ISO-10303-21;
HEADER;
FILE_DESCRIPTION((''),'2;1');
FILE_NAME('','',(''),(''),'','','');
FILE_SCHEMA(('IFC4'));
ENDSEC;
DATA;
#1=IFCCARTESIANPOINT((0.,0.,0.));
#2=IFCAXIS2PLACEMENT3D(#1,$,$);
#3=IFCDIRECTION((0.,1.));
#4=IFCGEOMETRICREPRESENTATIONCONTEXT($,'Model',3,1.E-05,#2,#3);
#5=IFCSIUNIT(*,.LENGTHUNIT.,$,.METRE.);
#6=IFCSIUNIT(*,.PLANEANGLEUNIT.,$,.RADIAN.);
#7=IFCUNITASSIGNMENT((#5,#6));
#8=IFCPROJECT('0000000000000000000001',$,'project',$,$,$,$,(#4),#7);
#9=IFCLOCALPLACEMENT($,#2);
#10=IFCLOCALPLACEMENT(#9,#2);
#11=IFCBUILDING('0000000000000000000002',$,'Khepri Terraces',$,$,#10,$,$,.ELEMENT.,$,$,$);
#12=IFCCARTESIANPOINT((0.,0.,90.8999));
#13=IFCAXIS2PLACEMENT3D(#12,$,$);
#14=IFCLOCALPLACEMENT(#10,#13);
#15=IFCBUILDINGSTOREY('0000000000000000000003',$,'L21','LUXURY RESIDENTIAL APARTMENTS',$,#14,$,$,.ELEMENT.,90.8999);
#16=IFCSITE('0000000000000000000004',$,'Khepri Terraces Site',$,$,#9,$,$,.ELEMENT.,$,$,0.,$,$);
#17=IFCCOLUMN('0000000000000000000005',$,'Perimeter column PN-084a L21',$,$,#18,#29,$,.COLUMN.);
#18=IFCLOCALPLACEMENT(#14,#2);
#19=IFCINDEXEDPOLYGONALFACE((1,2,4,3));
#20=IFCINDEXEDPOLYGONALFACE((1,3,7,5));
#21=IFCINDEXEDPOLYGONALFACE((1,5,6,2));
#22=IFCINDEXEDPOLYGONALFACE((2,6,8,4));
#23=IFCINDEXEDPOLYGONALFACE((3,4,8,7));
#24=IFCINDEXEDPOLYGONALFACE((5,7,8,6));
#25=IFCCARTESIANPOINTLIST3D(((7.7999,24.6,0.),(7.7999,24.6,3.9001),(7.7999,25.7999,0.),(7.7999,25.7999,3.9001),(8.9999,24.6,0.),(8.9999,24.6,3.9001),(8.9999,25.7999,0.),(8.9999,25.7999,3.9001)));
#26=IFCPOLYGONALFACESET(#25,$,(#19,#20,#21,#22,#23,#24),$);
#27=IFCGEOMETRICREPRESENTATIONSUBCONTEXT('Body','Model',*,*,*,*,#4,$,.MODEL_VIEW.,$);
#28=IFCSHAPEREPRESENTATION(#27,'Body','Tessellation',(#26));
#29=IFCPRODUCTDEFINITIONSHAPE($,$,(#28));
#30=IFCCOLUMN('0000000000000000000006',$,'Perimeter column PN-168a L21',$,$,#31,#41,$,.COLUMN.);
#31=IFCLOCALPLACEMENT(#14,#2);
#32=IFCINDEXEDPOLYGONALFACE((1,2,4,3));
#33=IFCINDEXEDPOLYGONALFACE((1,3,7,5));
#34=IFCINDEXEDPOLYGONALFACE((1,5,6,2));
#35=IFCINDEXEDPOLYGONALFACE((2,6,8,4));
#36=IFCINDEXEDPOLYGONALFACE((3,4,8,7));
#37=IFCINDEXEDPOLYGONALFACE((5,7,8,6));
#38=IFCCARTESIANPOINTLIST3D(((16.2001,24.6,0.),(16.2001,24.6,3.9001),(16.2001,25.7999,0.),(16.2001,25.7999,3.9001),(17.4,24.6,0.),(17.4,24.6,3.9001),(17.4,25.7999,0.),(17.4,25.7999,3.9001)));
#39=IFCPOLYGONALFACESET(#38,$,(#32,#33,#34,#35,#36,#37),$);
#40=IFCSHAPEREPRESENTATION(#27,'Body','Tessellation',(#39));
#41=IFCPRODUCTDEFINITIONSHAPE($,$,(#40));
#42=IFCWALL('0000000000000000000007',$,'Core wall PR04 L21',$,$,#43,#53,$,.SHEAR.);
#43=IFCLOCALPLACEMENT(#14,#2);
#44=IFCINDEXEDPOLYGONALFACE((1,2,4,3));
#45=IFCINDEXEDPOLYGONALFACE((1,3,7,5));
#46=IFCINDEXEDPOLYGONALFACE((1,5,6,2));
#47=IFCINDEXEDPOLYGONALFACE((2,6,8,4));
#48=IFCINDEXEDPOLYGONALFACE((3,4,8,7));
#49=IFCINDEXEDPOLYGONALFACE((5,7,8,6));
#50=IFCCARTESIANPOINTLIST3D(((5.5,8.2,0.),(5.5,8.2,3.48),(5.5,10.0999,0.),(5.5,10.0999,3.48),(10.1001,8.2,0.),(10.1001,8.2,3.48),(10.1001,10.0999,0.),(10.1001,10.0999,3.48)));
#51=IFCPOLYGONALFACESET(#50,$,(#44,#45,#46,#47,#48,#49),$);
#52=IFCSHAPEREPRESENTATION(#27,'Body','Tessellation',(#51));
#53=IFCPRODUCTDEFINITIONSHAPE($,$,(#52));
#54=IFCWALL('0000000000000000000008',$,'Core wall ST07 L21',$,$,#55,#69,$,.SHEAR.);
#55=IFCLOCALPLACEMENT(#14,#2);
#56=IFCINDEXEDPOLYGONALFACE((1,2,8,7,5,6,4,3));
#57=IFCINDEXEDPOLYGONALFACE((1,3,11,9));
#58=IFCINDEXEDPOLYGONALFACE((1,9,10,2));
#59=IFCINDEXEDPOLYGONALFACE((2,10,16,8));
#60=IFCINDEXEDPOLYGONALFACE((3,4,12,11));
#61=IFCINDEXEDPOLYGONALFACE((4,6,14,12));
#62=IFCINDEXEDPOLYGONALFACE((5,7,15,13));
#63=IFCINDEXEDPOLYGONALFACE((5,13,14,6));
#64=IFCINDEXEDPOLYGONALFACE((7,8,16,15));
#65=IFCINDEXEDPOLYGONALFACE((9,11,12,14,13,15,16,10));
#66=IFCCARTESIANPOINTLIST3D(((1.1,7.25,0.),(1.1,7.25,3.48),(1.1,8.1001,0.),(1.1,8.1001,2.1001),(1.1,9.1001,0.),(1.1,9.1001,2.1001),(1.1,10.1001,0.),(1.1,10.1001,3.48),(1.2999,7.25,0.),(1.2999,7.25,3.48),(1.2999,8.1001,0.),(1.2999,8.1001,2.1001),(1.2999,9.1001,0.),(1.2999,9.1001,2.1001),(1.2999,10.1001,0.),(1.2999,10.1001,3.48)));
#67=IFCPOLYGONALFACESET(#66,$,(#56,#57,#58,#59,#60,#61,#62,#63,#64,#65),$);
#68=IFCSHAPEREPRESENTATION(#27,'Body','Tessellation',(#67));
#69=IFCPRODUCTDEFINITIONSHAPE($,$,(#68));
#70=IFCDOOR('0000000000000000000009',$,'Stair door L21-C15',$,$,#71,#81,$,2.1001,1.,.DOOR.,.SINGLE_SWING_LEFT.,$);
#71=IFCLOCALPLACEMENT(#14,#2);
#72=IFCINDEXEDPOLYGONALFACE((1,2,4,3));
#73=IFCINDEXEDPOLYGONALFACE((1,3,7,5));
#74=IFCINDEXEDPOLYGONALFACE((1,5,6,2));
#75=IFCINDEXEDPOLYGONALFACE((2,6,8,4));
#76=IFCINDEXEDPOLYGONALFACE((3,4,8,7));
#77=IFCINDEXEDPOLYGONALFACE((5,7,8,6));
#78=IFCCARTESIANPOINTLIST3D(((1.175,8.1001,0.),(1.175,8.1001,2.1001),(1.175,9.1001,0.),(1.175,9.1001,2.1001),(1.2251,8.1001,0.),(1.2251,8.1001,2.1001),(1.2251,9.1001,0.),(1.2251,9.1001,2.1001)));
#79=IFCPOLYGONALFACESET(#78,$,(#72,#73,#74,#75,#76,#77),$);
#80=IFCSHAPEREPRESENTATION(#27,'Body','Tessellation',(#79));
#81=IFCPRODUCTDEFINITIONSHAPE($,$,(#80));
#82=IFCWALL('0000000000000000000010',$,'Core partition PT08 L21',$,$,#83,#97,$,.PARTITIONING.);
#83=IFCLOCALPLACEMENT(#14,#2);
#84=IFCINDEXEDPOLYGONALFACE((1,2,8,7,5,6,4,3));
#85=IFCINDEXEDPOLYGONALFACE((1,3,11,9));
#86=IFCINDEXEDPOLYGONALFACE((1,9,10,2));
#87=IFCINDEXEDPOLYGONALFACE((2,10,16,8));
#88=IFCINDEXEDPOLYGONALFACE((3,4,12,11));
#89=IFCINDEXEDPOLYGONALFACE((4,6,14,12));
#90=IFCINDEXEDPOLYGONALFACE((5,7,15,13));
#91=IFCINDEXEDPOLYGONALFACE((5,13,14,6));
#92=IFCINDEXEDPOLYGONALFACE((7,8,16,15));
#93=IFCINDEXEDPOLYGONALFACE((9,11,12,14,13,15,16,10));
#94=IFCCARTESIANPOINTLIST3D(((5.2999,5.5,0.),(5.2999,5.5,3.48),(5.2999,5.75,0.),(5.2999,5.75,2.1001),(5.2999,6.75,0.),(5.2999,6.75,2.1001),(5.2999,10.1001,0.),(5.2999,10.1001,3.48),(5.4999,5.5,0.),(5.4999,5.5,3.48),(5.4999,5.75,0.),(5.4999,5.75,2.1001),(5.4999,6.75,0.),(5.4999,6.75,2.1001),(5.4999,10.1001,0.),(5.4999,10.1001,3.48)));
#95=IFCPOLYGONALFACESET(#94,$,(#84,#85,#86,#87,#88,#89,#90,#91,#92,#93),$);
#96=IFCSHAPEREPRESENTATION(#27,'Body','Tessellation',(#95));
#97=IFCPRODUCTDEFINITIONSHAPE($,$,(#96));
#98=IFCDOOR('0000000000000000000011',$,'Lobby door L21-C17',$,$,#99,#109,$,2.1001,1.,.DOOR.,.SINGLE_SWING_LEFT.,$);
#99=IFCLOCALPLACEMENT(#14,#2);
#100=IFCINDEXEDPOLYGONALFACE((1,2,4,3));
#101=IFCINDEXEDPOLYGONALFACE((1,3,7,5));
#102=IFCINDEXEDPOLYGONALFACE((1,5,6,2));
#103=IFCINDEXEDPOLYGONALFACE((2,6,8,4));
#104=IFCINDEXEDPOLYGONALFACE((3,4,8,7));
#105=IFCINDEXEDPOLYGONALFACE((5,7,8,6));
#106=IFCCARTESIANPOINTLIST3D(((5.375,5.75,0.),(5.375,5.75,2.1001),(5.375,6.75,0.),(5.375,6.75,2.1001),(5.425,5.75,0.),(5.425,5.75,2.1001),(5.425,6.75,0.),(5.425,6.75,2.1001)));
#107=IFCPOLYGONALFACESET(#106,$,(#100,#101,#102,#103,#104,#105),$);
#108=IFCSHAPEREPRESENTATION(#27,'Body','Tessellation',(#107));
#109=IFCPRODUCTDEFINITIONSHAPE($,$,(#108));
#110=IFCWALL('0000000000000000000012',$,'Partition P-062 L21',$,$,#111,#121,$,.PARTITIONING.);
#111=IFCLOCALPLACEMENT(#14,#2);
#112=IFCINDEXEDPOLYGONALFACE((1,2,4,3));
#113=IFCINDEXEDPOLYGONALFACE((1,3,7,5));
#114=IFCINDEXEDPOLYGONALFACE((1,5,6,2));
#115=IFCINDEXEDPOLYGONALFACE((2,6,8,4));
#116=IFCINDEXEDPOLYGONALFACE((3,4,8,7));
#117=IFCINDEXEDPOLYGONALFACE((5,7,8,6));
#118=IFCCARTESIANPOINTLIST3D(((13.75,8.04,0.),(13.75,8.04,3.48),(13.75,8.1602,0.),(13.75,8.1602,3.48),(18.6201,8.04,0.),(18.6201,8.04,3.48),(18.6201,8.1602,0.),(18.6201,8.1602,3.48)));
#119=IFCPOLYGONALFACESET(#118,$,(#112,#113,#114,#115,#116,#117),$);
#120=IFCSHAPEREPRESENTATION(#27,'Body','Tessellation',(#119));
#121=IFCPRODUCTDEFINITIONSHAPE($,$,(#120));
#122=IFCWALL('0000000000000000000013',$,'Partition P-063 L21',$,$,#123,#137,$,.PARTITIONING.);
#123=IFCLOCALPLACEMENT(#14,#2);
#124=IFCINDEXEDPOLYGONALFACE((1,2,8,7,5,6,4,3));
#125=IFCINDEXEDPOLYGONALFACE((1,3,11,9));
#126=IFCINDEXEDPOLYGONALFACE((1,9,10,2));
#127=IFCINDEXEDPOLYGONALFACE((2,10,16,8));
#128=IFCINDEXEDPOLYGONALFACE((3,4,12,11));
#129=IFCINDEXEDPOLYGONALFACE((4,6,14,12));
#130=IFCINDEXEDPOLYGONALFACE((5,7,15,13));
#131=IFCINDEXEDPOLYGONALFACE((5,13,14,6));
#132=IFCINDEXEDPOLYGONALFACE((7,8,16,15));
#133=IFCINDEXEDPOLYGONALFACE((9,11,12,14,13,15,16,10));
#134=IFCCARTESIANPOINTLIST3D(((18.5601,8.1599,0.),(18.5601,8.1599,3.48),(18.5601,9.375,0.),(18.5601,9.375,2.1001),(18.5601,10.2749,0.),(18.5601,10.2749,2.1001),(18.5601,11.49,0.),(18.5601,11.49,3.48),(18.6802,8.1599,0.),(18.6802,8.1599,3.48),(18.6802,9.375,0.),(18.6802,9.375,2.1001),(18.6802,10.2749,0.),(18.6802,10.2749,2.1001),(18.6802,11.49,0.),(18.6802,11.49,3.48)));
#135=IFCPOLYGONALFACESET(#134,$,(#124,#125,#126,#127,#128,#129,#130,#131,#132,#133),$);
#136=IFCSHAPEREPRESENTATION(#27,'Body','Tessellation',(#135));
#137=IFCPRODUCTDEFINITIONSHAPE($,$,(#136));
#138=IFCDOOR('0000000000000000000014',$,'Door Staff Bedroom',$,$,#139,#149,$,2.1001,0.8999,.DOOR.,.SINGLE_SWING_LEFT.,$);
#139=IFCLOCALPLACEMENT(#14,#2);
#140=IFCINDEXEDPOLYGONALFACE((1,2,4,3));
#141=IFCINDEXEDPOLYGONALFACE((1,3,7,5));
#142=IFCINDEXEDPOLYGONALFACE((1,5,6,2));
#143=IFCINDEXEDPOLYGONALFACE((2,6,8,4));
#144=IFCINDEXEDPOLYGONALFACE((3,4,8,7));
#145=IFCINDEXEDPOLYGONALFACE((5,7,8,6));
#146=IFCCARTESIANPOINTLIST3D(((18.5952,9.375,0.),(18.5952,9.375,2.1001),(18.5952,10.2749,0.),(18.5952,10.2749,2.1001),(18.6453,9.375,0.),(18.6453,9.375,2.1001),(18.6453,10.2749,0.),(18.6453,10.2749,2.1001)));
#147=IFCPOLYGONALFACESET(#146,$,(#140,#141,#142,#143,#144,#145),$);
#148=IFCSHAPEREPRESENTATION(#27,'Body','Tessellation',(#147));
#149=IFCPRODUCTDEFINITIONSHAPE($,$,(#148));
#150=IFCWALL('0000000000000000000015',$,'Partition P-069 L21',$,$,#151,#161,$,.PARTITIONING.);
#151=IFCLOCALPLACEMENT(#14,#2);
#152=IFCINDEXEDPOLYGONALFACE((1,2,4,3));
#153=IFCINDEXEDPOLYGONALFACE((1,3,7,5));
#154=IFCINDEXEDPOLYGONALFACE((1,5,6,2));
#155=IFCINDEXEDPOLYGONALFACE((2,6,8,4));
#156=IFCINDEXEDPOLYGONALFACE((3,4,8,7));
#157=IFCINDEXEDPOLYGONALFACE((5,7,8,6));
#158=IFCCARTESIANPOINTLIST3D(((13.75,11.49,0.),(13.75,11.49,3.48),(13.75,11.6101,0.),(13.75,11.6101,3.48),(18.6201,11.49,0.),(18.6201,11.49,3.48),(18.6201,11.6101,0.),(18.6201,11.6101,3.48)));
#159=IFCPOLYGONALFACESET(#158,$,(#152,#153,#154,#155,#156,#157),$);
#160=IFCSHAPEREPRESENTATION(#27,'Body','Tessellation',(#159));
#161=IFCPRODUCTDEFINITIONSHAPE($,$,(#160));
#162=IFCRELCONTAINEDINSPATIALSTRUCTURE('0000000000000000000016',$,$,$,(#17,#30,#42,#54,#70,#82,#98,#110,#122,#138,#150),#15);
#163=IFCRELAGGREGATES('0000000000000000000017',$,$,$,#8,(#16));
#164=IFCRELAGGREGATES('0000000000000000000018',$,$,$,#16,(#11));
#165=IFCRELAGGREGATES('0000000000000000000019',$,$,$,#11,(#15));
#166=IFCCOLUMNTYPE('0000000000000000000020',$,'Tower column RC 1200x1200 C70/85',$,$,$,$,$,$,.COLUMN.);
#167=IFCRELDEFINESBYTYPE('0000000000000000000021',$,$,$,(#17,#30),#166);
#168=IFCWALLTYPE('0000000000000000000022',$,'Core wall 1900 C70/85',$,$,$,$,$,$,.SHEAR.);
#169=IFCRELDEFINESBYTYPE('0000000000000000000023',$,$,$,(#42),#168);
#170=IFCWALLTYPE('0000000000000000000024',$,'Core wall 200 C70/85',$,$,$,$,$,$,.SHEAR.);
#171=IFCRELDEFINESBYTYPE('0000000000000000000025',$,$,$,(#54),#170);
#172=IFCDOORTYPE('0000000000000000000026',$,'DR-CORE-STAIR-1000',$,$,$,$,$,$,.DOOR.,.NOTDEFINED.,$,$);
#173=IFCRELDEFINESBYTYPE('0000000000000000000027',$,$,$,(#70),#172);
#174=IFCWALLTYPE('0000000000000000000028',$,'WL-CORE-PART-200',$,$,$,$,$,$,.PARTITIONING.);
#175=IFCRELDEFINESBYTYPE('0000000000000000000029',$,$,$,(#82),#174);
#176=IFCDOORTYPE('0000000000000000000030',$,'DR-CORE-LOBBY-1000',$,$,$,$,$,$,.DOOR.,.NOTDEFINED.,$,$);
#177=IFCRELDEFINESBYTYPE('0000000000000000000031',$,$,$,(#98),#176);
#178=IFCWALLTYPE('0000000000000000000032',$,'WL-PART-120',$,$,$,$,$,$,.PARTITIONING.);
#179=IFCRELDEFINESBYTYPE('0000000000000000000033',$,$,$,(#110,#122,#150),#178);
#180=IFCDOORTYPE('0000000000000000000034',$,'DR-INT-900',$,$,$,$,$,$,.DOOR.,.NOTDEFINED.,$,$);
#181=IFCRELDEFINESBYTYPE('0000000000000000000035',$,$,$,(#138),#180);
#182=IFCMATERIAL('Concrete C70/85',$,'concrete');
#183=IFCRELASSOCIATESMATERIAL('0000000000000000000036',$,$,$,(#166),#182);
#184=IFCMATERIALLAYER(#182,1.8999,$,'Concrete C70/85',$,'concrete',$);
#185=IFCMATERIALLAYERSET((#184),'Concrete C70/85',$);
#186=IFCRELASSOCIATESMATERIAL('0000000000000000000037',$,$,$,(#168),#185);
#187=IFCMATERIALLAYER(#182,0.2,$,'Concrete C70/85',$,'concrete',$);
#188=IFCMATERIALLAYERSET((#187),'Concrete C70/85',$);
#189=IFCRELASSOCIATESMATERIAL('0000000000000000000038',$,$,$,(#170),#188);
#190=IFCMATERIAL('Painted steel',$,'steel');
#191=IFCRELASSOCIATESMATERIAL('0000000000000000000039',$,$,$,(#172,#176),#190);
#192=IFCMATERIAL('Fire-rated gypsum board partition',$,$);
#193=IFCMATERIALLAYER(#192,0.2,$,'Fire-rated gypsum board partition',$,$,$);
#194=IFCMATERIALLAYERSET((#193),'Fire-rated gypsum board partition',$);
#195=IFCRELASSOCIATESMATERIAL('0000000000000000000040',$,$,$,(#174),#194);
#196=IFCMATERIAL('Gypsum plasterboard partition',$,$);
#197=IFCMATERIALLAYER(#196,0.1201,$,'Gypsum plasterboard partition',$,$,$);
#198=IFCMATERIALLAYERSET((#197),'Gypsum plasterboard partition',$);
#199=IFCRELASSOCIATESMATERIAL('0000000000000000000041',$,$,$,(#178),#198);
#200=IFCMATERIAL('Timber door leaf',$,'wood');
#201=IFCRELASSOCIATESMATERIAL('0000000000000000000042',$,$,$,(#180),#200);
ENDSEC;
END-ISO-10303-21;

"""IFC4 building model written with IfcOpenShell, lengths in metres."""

from ifc_helpers import new_model, si_unit, direction, frame, frame_2d, origin, origin_2d, place, context, subcontext, project, spatial, rectangle, extrude, material, layer, layer_set, material_profile, profile_set, type_object, element, fill, save


model = new_model("IFC4")

# Units and contexts
model_context = context("Model", 3, precision=1e-05, world=origin(), true_north=direction((0.0, 1.0)))
body_context = subcontext(model_context, "Body", "Model", "MODEL_VIEW")
ifc_project = project(units=[si_unit("LENGTHUNIT", "METRE"), si_unit("PLANEANGLEUNIT", "RADIAN")], contexts=[model_context])

# Site, building, storey
site_placement = place(None, origin())
site = spatial("IfcSite", under=ifc_project, at=site_placement, Name="Khepri Terraces Site", CompositionType="ELEMENT", RefElevation=0.0)
building_placement = place(site_placement, origin())
building = spatial("IfcBuilding", under=site, at=building_placement, Name="Khepri Terraces", CompositionType="ELEMENT")
storey_placement = place(building_placement, frame((0.0, 0.0, 90.8999)))
storey = spatial("IfcBuildingStorey", under=building, at=storey_placement, Name="L21", Description="LUXURY RESIDENTIAL APARTMENTS", CompositionType="ELEMENT", Elevation=90.8999)

# Columns
ifc_material_1 = material(Name="Concrete C70/85", Category="concrete")
ifc_material_profile = material_profile(ifc_material_1, rectangle(XDim=1.2, YDim=1.2, at=origin_2d()), Name="Concrete C70/85", Category="concrete")
ifc_profile_set = profile_set([ifc_material_profile], Name="Concrete C70/85")
column_type = type_object("IfcColumnType", Name="Tower column RC 1200x1200 C70/85", PredefinedType="COLUMN", material=ifc_profile_set)
for number, where, z_axis, x_axis, name in (
    (1, (8.3999, 25.2, 0.0), (0.0, 0.0, 1.0), (1.0, 0.0, 0.0), "Perimeter column PN-084a L21"),
    (2, (16.8, 25.2, 0.0), (0.0, 0.0, 1.0), (1.0, 0.0, 0.0), "Perimeter column PN-168a L21"),
):
    element("IfcColumn", number, at=place(storey_placement, frame(where, z_axis=z_axis, x_axis=x_axis)), inside=storey, type_object=column_type, Name=name, PredefinedType="COLUMN", context=body_context, shape_type="SweptSolid", body=[
        extrude(rectangle(XDim=1.2, YDim=1.2, at=origin_2d()), origin(), (0.0, 0.0, 1.0), 3.9001),
    ])

# Wall
ifc_layer_1 = layer(ifc_material_1, 1.8999, Name="Concrete C70/85", Category="concrete")
ifc_layer_set_1 = layer_set([ifc_layer_1], Name="Concrete C70/85")
wall_type_1 = type_object("IfcWallType", Name="Core wall 1900 C70/85", PredefinedType="SHEAR", material=ifc_layer_set_1)
wall_1_placement = place(storey_placement, frame((5.5, 9.1499, 0.0), z_axis=(0.0, 0.0, 1.0), x_axis=(1.0, 0.0, 0.0)))
element("IfcWall", 3, at=wall_1_placement, inside=storey, type_object=wall_type_1, Name="Core wall PR04 L21", PredefinedType="SHEAR", context=body_context, shape_type="SweptSolid", body=[
    extrude(rectangle(XDim=4.6001, YDim=1.8999, at=frame_2d((2.3, 0.0))), origin(), (0.0, 0.0, 1.0), 3.48),
])

# Walls, openings, doors
ifc_layer_2 = layer(ifc_material_1, 0.2, Name="Concrete C70/85", Category="concrete")
ifc_layer_set_2 = layer_set([ifc_layer_2], Name="Concrete C70/85")
wall_type_2 = type_object("IfcWallType", Name="Core wall 200 C70/85", PredefinedType="SHEAR", material=ifc_layer_set_2)
wall_2_placement = place(storey_placement, frame((1.2, 7.25, 0.0), z_axis=(0.0, 0.0, 1.0), x_axis=(0.0, 1.0, 0.0)))
wall_2 = element("IfcWall", 4, at=wall_2_placement, inside=storey, type_object=wall_type_2, Name="Core wall ST07 L21", PredefinedType="SHEAR", context=body_context, shape_type="SweptSolid", body=[
    extrude(rectangle(XDim=2.8501, YDim=0.2, at=frame_2d((1.425, 0.0))), origin(), (0.0, 0.0, 1.0), 3.48),
])
opening_1_placement = place(wall_2_placement, frame((0.8501, 0.0, 0.0)))
opening_1 = element("IfcOpeningElement", 5, at=opening_1_placement, cuts=wall_2, PredefinedType="OPENING", context=body_context, shape_type="SweptSolid", body=[
    extrude(rectangle(XDim=1.0, YDim=2.1001, at=frame_2d((0.5, 1.05))), frame((0.0, 0.1099, 0.0), z_axis=(0.0, -1.0, 0.0), x_axis=(1.0, 0.0, 0.0)), (0.0, 0.0, 1.0), 0.22),
])
ifc_material_2 = material(Name="Painted steel", Category="steel")
door_type_1 = type_object("IfcDoorType", Name="DR-CORE-STAIR-1000", OperationType="NOTDEFINED", PredefinedType="DOOR", material=ifc_material_2)
door_1_placement = place(opening_1_placement, origin())
door_1 = element("IfcDoor", 6, at=door_1_placement, inside=storey, type_object=door_type_1, Name="Stair door L21-C15", OperationType="SINGLE_SWING_LEFT", OverallHeight=2.1001, OverallWidth=1.0, PredefinedType="DOOR", context=body_context, shape_type="SweptSolid", body=[
    extrude(rectangle(XDim=1.0, YDim=2.1001, at=frame_2d((0.5, 1.05))), frame((0.0, 0.0249, 0.0), z_axis=(0.0, -1.0, 0.0), x_axis=(1.0, 0.0, 0.0)), (0.0, 0.0, 1.0), 0.05),
])
fill(opening_1, door_1)
ifc_material_3 = material(Name="Fire-rated gypsum board partition")
ifc_layer_3 = layer(ifc_material_3, 0.2, Name="Fire-rated gypsum board partition")
ifc_layer_set_3 = layer_set([ifc_layer_3], Name="Fire-rated gypsum board partition")
wall_type_3 = type_object("IfcWallType", Name="WL-CORE-PART-200", PredefinedType="PARTITIONING", material=ifc_layer_set_3)
wall_3_placement = place(storey_placement, frame((5.3999, 5.5, 0.0), z_axis=(0.0, 0.0, 1.0), x_axis=(0.0, 1.0, 0.0)))
wall_3 = element("IfcWall", 7, at=wall_3_placement, inside=storey, type_object=wall_type_3, Name="Core partition PT08 L21", PredefinedType="PARTITIONING", context=body_context, shape_type="SweptSolid", body=[
    extrude(rectangle(XDim=4.6001, YDim=0.2, at=frame_2d((2.3, 0.0))), origin(), (0.0, 0.0, 1.0), 3.48),
])
opening_2_placement = place(wall_3_placement, frame((0.25, 0.0, 0.0)))
opening_2 = element("IfcOpeningElement", 8, at=opening_2_placement, cuts=wall_3, PredefinedType="OPENING", context=body_context, shape_type="SweptSolid", body=[
    extrude(rectangle(XDim=1.0, YDim=2.1001, at=frame_2d((0.5, 1.05))), frame((0.0, 0.1099, 0.0), z_axis=(0.0, -1.0, 0.0), x_axis=(1.0, 0.0, 0.0)), (0.0, 0.0, 1.0), 0.22),
])
door_type_2 = type_object("IfcDoorType", Name="DR-CORE-LOBBY-1000", OperationType="NOTDEFINED", PredefinedType="DOOR", material=ifc_material_2)
door_2_placement = place(opening_2_placement, origin())
door_2 = element("IfcDoor", 9, at=door_2_placement, inside=storey, type_object=door_type_2, Name="Lobby door L21-C17", OperationType="SINGLE_SWING_LEFT", OverallHeight=2.1001, OverallWidth=1.0, PredefinedType="DOOR", context=body_context, shape_type="SweptSolid", body=[
    extrude(rectangle(XDim=1.0, YDim=2.1001, at=frame_2d((0.5, 1.05))), frame((0.0, 0.0249, 0.0), z_axis=(0.0, -1.0, 0.0), x_axis=(1.0, 0.0, 0.0)), (0.0, 0.0, 1.0), 0.05),
])
fill(opening_2, door_2)

# Wall
ifc_material_4 = material(Name="Gypsum plasterboard partition")
ifc_layer_4 = layer(ifc_material_4, 0.1201, Name="Gypsum plasterboard partition")
ifc_layer_set_4 = layer_set([ifc_layer_4], Name="Gypsum plasterboard partition")
wall_type_4 = type_object("IfcWallType", Name="WL-PART-120", PredefinedType="PARTITIONING", material=ifc_layer_set_4)
wall_4_placement = place(storey_placement, frame((13.75, 8.1001, 0.0), z_axis=(0.0, 0.0, 1.0), x_axis=(1.0, 0.0, 0.0)))
element("IfcWall", 10, at=wall_4_placement, inside=storey, type_object=wall_type_4, Name="Partition P-062 L21", PredefinedType="PARTITIONING", context=body_context, shape_type="SweptSolid", body=[
    extrude(rectangle(XDim=4.8701, YDim=0.1201, at=frame_2d((2.4351, 0.0))), origin(), (0.0, 0.0, 1.0), 3.48),
])

# Wall, opening, door
wall_5_placement = place(storey_placement, frame((18.6201, 8.1599, 0.0), z_axis=(0.0, 0.0, 1.0), x_axis=(0.0, 1.0, 0.0)))
wall_5 = element("IfcWall", 11, at=wall_5_placement, inside=storey, type_object=wall_type_4, Name="Partition P-063 L21", PredefinedType="PARTITIONING", context=body_context, shape_type="SweptSolid", body=[
    extrude(rectangle(XDim=3.3301, YDim=0.1201, at=frame_2d((1.665, 0.0))), origin(), (0.0, 0.0, 1.0), 3.48),
])
opening_3_placement = place(wall_5_placement, frame((1.2151, 0.0, 0.0)))
opening_3 = element("IfcOpeningElement", 12, at=opening_3_placement, cuts=wall_5, PredefinedType="OPENING", context=body_context, shape_type="SweptSolid", body=[
    extrude(rectangle(XDim=0.8999, YDim=2.1001, at=frame_2d((0.45, 1.05))), frame((0.0, 0.0701, 0.0), z_axis=(0.0, -1.0, 0.0), x_axis=(1.0, 0.0, 0.0)), (0.0, 0.0, 1.0), 0.1401),
])
ifc_material_5 = material(Name="Timber door leaf", Category="wood")
door_type_3 = type_object("IfcDoorType", Name="DR-INT-900", OperationType="NOTDEFINED", PredefinedType="DOOR", material=ifc_material_5)
door_3_placement = place(opening_3_placement, origin())
door_3 = element("IfcDoor", 13, at=door_3_placement, inside=storey, type_object=door_type_3, Name="Door Staff Bedroom", OperationType="SINGLE_SWING_LEFT", OverallHeight=2.1001, OverallWidth=0.8999, PredefinedType="DOOR", context=body_context, shape_type="SweptSolid", body=[
    extrude(rectangle(XDim=0.8999, YDim=2.1001, at=frame_2d((0.45, 1.05))), frame((0.0, 0.0249, 0.0), z_axis=(0.0, -1.0, 0.0), x_axis=(1.0, 0.0, 0.0)), (0.0, 0.0, 1.0), 0.05),
])
fill(opening_3, door_3)

# Wall
wall_6_placement = place(storey_placement, frame((13.75, 11.55, 0.0), z_axis=(0.0, 0.0, 1.0), x_axis=(1.0, 0.0, 0.0)))
element("IfcWall", 14, at=wall_6_placement, inside=storey, type_object=wall_type_4, Name="Partition P-069 L21", PredefinedType="PARTITIONING", context=body_context, shape_type="SweptSolid", body=[
    extrude(rectangle(XDim=4.8701, YDim=0.1201, at=frame_2d((2.4351, 0.0))), origin(), (0.0, 0.0, 1.0), 3.48),
])

save(model, "model.ifc")
